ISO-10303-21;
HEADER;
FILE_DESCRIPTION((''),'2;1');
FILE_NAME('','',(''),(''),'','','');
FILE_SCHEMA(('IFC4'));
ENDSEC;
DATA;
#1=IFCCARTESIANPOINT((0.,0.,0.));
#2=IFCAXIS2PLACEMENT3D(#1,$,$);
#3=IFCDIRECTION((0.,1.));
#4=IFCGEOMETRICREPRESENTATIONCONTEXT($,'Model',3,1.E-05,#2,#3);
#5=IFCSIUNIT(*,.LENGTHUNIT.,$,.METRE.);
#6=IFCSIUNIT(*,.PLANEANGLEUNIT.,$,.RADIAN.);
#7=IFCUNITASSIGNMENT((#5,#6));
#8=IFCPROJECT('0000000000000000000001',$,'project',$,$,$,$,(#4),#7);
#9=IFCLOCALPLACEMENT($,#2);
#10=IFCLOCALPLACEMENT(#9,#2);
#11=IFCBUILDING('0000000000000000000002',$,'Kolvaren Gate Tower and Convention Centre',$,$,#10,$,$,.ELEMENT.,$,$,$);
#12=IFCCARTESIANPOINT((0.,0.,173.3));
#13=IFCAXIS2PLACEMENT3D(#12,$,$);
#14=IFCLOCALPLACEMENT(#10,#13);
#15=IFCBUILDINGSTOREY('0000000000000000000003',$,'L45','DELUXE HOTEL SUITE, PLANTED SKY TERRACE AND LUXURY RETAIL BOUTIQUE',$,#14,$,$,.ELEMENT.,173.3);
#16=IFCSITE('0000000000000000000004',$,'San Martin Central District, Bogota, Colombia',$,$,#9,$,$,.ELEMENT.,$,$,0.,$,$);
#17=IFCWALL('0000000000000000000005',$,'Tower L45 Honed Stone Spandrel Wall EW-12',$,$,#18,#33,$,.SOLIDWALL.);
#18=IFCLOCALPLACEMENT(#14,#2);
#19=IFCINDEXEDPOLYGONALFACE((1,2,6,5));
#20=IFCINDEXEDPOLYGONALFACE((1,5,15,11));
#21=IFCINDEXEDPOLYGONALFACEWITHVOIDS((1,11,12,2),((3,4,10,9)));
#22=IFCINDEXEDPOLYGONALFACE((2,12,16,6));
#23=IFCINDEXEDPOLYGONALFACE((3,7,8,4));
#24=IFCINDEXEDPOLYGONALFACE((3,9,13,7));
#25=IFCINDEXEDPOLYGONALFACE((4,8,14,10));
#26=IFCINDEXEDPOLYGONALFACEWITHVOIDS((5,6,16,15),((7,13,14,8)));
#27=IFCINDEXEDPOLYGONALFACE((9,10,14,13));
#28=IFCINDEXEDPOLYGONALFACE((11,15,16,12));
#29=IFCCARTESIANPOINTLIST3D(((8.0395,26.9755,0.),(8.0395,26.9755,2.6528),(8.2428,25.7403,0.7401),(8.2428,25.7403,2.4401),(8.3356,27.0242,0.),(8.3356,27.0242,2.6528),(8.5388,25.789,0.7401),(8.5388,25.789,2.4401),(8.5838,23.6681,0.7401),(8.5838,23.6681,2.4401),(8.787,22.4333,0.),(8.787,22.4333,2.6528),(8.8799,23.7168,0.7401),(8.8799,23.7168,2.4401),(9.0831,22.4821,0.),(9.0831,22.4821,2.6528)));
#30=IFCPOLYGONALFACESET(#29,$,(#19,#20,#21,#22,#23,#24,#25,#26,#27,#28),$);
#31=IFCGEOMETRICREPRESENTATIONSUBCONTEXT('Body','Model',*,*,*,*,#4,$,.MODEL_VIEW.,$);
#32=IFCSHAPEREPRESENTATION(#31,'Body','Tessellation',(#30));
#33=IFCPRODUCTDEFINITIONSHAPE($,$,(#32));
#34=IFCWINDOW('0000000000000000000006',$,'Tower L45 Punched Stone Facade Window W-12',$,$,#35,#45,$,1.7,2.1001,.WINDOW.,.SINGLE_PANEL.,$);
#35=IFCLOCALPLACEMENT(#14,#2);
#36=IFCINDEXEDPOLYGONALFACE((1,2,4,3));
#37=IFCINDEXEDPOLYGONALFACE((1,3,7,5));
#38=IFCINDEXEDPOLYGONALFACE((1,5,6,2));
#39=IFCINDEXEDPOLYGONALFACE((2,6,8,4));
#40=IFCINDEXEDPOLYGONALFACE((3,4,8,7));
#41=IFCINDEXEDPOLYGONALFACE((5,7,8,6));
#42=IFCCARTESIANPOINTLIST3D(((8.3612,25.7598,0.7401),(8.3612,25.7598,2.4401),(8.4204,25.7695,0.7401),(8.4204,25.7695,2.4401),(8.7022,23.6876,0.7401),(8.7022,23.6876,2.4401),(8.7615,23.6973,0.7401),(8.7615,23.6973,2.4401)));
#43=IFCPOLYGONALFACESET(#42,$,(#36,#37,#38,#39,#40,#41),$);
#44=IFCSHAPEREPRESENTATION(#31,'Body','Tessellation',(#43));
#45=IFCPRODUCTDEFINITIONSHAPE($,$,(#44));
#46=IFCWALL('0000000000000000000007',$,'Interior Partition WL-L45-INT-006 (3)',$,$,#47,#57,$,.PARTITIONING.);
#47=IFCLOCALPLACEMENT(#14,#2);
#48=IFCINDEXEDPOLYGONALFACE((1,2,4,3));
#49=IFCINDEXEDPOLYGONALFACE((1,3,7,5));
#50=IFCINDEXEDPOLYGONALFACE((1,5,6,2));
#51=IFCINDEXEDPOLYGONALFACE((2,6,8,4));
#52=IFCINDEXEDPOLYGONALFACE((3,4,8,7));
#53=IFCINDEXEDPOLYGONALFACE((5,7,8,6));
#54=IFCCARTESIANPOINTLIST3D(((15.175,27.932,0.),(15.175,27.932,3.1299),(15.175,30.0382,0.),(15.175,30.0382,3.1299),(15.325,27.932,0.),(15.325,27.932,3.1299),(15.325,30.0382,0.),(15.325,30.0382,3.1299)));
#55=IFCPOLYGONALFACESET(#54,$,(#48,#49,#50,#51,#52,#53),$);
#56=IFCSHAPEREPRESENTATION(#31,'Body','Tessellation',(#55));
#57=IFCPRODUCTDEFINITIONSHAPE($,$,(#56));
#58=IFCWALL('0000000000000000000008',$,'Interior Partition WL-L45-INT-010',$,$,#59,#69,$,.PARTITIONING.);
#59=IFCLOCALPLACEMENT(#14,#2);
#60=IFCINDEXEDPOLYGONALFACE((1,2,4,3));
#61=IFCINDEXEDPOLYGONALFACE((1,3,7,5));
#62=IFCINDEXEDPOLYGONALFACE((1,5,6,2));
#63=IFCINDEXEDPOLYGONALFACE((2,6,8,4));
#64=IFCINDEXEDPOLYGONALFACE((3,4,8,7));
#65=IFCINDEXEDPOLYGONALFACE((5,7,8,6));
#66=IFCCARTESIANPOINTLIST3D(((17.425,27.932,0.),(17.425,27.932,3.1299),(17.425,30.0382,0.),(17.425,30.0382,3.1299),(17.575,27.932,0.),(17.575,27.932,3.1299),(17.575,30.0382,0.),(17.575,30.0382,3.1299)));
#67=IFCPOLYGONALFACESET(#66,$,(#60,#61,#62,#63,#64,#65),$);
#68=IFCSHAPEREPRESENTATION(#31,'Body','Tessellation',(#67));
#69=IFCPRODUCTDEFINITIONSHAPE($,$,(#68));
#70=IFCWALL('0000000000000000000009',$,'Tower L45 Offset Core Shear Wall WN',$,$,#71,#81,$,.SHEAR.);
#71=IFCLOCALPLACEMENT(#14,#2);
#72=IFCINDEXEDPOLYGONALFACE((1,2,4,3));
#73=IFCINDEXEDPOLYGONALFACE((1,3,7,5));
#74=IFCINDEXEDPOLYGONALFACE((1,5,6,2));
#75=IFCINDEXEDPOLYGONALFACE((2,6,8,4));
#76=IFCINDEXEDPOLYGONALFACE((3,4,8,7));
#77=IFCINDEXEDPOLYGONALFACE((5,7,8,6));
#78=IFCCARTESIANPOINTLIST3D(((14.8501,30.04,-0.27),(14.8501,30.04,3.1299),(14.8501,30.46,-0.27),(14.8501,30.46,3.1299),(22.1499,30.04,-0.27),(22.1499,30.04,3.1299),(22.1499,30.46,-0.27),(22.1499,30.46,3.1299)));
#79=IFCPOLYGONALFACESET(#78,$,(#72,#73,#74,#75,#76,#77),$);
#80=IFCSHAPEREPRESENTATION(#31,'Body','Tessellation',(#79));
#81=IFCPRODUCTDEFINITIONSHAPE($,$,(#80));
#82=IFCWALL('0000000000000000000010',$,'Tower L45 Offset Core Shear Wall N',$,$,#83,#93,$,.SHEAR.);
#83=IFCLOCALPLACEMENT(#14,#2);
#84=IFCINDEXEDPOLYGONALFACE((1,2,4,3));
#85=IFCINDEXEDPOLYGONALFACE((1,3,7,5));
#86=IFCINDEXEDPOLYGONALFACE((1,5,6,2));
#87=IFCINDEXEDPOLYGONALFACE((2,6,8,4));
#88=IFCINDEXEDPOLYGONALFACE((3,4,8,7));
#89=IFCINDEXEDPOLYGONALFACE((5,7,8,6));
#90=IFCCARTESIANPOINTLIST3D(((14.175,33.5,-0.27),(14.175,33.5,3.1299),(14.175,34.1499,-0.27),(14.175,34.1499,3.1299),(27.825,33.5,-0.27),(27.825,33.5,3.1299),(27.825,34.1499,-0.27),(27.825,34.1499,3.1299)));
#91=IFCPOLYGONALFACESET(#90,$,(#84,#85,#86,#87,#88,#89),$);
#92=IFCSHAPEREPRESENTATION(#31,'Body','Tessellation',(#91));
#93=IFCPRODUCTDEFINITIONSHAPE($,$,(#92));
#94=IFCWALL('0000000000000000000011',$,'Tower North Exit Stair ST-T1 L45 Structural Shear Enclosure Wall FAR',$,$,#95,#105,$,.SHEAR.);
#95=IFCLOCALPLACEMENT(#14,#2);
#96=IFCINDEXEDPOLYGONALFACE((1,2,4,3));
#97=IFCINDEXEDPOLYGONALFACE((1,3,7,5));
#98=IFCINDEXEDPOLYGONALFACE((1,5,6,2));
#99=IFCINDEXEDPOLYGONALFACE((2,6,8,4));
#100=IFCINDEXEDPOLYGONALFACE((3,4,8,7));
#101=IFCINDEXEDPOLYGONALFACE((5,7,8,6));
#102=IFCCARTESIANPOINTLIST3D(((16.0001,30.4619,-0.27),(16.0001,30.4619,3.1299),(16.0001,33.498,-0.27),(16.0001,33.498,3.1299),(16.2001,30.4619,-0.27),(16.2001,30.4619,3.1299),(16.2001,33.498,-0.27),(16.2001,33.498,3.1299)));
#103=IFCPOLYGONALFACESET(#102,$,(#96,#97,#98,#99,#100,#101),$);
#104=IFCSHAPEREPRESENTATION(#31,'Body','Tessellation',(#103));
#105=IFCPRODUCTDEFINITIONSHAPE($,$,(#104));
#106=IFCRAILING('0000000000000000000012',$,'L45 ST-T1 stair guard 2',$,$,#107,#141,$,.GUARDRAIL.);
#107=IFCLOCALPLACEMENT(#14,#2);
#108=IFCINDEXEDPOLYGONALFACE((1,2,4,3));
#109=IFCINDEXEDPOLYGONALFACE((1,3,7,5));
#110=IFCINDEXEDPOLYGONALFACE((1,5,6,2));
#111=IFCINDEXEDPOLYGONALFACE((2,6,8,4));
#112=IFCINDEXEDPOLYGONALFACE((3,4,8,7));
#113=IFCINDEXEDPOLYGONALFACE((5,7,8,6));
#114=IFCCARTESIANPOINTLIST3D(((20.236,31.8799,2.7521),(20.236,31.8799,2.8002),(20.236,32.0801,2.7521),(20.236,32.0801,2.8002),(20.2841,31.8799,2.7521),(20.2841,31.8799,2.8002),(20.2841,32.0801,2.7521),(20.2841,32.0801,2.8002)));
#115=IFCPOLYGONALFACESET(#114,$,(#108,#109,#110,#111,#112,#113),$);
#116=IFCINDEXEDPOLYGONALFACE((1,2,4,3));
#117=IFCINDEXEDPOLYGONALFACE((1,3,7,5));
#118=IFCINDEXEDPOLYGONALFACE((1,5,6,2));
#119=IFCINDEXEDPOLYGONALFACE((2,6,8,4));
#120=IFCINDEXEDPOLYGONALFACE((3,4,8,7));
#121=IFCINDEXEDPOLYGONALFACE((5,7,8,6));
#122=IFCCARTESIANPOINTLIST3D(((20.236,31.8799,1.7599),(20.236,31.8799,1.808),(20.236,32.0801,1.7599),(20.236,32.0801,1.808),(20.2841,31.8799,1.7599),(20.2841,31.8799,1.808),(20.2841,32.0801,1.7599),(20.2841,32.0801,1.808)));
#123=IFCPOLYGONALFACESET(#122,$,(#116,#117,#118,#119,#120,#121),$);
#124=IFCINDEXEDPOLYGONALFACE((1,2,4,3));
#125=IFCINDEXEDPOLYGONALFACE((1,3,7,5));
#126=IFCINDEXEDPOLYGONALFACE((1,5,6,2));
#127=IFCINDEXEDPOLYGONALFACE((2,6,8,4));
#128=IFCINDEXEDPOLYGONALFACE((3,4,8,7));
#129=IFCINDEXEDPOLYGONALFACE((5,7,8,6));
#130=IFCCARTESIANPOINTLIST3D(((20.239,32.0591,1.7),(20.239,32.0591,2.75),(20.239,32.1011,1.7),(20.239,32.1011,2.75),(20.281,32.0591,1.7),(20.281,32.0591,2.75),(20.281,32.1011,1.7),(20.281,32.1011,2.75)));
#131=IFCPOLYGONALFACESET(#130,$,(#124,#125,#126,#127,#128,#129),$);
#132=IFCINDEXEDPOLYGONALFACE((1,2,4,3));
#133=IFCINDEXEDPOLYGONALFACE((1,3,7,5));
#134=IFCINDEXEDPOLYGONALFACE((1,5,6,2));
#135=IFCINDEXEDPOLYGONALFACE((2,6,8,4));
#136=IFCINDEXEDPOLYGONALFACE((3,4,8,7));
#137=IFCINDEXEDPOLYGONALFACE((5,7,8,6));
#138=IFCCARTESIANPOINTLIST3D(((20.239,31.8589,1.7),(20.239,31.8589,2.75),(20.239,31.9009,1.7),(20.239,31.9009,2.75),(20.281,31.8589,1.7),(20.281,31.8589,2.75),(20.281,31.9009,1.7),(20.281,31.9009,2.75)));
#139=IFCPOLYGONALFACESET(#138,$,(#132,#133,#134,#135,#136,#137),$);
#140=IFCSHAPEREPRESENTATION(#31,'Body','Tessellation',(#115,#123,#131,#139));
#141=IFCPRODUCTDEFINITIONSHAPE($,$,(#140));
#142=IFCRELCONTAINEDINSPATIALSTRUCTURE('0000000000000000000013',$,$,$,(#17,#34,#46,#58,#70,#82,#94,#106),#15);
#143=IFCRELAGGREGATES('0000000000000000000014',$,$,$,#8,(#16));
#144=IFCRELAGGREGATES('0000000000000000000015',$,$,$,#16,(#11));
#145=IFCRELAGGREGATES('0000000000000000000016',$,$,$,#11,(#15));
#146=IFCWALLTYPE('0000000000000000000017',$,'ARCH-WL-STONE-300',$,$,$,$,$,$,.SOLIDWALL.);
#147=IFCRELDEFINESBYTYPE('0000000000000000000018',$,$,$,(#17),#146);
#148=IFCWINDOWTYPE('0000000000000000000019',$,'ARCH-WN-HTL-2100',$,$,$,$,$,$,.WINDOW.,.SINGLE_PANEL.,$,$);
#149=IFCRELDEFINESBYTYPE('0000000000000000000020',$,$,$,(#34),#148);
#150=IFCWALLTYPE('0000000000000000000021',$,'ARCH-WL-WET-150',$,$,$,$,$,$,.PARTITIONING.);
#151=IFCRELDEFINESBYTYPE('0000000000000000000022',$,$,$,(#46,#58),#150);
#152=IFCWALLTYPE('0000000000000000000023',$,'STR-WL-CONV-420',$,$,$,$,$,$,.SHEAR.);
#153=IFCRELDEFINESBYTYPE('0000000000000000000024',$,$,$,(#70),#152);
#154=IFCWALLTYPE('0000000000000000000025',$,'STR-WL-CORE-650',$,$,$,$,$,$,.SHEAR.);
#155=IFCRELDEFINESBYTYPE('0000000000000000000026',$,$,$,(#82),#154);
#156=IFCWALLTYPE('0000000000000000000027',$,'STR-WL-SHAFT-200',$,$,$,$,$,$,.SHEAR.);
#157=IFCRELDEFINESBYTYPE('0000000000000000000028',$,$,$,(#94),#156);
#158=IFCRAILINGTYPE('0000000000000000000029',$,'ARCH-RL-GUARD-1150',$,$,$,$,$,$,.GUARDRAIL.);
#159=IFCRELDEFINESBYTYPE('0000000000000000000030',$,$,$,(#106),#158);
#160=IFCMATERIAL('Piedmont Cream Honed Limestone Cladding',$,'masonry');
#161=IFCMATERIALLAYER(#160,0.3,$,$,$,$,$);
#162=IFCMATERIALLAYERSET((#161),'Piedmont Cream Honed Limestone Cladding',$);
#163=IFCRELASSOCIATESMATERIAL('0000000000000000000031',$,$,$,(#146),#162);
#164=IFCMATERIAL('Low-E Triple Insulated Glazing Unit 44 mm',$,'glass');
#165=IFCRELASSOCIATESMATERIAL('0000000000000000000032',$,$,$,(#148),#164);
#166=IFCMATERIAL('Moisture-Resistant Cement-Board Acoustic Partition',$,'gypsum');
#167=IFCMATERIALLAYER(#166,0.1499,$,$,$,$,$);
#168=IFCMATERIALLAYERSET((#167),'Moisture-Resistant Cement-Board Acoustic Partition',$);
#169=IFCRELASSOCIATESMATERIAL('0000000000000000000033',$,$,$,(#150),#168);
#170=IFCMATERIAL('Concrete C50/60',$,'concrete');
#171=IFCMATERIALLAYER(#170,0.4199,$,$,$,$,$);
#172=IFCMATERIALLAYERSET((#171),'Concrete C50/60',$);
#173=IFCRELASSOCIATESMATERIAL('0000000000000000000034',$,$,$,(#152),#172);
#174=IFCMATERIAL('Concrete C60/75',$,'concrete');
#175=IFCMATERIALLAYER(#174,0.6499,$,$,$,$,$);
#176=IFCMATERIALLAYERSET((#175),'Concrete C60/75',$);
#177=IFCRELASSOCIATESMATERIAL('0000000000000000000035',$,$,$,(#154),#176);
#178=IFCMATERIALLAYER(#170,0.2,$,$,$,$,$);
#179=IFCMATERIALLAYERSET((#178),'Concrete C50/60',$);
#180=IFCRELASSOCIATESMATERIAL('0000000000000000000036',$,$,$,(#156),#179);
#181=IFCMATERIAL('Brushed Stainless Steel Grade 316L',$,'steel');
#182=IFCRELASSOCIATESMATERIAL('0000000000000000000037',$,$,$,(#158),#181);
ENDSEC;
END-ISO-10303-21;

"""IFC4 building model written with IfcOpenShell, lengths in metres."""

from ifc_helpers import new_model, si_unit, direction, frame, frame_2d, origin, origin_2d, place, context, subcontext, project, spatial, rectangle, extrude, material, layer, layer_set, type_object, element, fill, save


model = new_model("IFC4")

# Units and contexts
model_context = context("Model", 3, precision=1e-05, world=origin(), true_north=direction((0.0, 1.0)))
body_context = subcontext(model_context, "Body", "Model", "MODEL_VIEW")
ifc_project = project(units=[si_unit("LENGTHUNIT", "METRE"), si_unit("PLANEANGLEUNIT", "RADIAN")], contexts=[model_context])

# Site, building, storey
site_placement = place(None, origin())
site = spatial("IfcSite", under=ifc_project, at=site_placement, Name="San Martin Central District, Bogota, Colombia", CompositionType="ELEMENT", RefElevation=0.0)
building_placement = place(site_placement, origin())
building = spatial("IfcBuilding", under=site, at=building_placement, Name="Kolvaren Gate Tower and Convention Centre", CompositionType="ELEMENT")
storey_placement = place(building_placement, frame((0.0, 0.0, 173.3)))
storey = spatial("IfcBuildingStorey", under=building, at=storey_placement, Name="L45", Description="DELUXE HOTEL SUITE, PLANTED SKY TERRACE AND LUXURY RETAIL BOUTIQUE", CompositionType="ELEMENT", Elevation=173.3)

# Shared definitions
ifc_material_1 = material(Name="Concrete C60/75", Category="concrete")

# Shared definitions
ifc_material_2 = material(Name="Piedmont Cream Honed Limestone Cladding", Category="masonry")

# Wall, opening, window
ifc_layer_1 = layer(ifc_material_2, 0.3)
ifc_layer_set_1 = layer_set([ifc_layer_1], Name="Piedmont Cream Honed Limestone Cladding")
wall_type_1 = type_object("IfcWallType", Name="ARCH-WL-STONE-300", PredefinedType="SOLIDWALL", material=ifc_layer_set_1)
ifc_material_3 = material(Name="Low-E Triple Insulated Glazing Unit 44 mm", Category="glass")
window_type = type_object("IfcWindowType", Name="ARCH-WN-HTL-2100", PartitioningType="SINGLE_PANEL", PredefinedType="WINDOW", material=ifc_material_3)
wall_1_placement = place(storey_placement, frame((8.1875, 27.0, 0.0), z_axis=(0.0, 0.0, 1.0), x_axis=(0.162395, -0.986726, 0.0)))
wall_1 = element("IfcWall", 1, at=wall_1_placement, inside=storey, type_object=wall_type_1, Name="Tower L45 Honed Stone Spandrel Wall EW-12", PredefinedType="SOLIDWALL", context=body_context, shape_type="SweptSolid", body=[
    extrude(rectangle(XDim=4.6033, YDim=0.3, at=frame_2d((2.3018, 0.0))), origin(), (0.0, 0.0, 1.0), 2.6528),
])
opening_1_placement = place(wall_1_placement, frame((1.252, 0.0, 0.74)))
opening_1 = element("IfcOpeningElement", 2, at=opening_1_placement, cuts=wall_1, PredefinedType="OPENING", context=body_context, shape_type="SweptSolid", body=[
    extrude(rectangle(XDim=2.1001, YDim=1.7, at=frame_2d((1.05, 0.8501))), frame((0.0, 0.1599, 0.0), z_axis=(0.0, -1.0, 0.0), x_axis=(1.0, 0.0, 0.0)), (0.0, 0.0, 1.0), 0.3201),
])
window_1_placement = place(opening_1_placement, origin())
window_1 = element("IfcWindow", 3, at=window_1_placement, inside=storey, type_object=window_type, Name="Tower L45 Punched Stone Facade Window W-12", OverallHeight=1.7, OverallWidth=2.1001, PartitioningType="SINGLE_PANEL", PredefinedType="WINDOW", context=body_context, shape_type="SweptSolid", body=[
    extrude(rectangle(XDim=2.1001, YDim=1.7, at=frame_2d((1.05, 0.8501))), frame((0.0, 0.03, 0.0), z_axis=(0.0, -1.0, 0.0), x_axis=(1.0, 0.0, 0.0)), (0.0, 0.0, 1.0), 0.0601),
])
fill(opening_1, window_1)

# Walls
ifc_material_4 = material(Name="Moisture-Resistant Cement-Board Acoustic Partition", Category="gypsum")
ifc_layer_2 = layer(ifc_material_4, 0.1499)
ifc_layer_set_2 = layer_set([ifc_layer_2], Name="Moisture-Resistant Cement-Board Acoustic Partition")
wall_type_2 = type_object("IfcWallType", Name="ARCH-WL-WET-150", PredefinedType="PARTITIONING", material=ifc_layer_set_2)
for number, where, z_axis, x_axis, name in (
    (4, (15.25, 27.9319, 0.0), (0.0, 0.0, 1.0), (0.0, 1.0, 0.0), "Interior Partition WL-L45-INT-006 (3)"),
    (5, (17.5, 27.9319, 0.0), (0.0, 0.0, 1.0), (0.0, 1.0, 0.0), "Interior Partition WL-L45-INT-010"),
):
    element("IfcWall", number, at=place(storey_placement, frame(where, z_axis=z_axis, x_axis=x_axis)), inside=storey, type_object=wall_type_2, Name=name, PredefinedType="PARTITIONING", context=body_context, shape_type="SweptSolid", body=[
        extrude(rectangle(XDim=2.1062, YDim=0.1499, at=frame_2d((1.0532, 0.0))), origin(), (0.0, 0.0, 1.0), 3.1299),
    ])
ifc_material_5 = material(Name="Concrete C50/60", Category="concrete")
ifc_layer_3 = layer(ifc_material_5, 0.4199)
ifc_layer_set_3 = layer_set([ifc_layer_3], Name="Concrete C50/60")
wall_type_3 = type_object("IfcWallType", Name="STR-WL-CONV-420", PredefinedType="SHEAR", material=ifc_layer_set_3)
wall_2_placement = place(storey_placement, frame((14.8501, 30.25, -0.27), z_axis=(0.0, 0.0, 1.0), x_axis=(1.0, 0.0, 0.0)))
element("IfcWall", 6, at=wall_2_placement, inside=storey, type_object=wall_type_3, Name="Tower L45 Offset Core Shear Wall WN", PredefinedType="SHEAR", context=body_context, shape_type="SweptSolid", body=[
    extrude(rectangle(XDim=7.2998, YDim=0.4199, at=frame_2d((3.6499, 0.0))), origin(), (0.0, 0.0, 1.0), 3.3999),
])
ifc_layer_4 = layer(ifc_material_1, 0.6499)
ifc_layer_set_4 = layer_set([ifc_layer_4], Name="Concrete C60/75")
wall_type_4 = type_object("IfcWallType", Name="STR-WL-CORE-650", PredefinedType="SHEAR", material=ifc_layer_set_4)
wall_3_placement = place(storey_placement, frame((14.175, 33.825, -0.27), z_axis=(0.0, 0.0, 1.0), x_axis=(1.0, 0.0, 0.0)))
element("IfcWall", 7, at=wall_3_placement, inside=storey, type_object=wall_type_4, Name="Tower L45 Offset Core Shear Wall N", PredefinedType="SHEAR", context=body_context, shape_type="SweptSolid", body=[
    extrude(rectangle(XDim=13.6499, YDim=0.6499, at=frame_2d((6.825, 0.0))), origin(), (0.0, 0.0, 1.0), 3.3999),
])
ifc_layer_5 = layer(ifc_material_5, 0.2)
ifc_layer_set_5 = layer_set([ifc_layer_5], Name="Concrete C50/60")
wall_type_5 = type_object("IfcWallType", Name="STR-WL-SHAFT-200", PredefinedType="SHEAR", material=ifc_layer_set_5)
wall_4_placement = place(storey_placement, frame((16.1001, 30.4619, -0.27), z_axis=(0.0, 0.0, 1.0), x_axis=(0.0, 1.0, 0.0)))
element("IfcWall", 8, at=wall_4_placement, inside=storey, type_object=wall_type_5, Name="Tower North Exit Stair ST-T1 L45 Structural Shear Enclosure Wall FAR", PredefinedType="SHEAR", context=body_context, shape_type="SweptSolid", body=[
    extrude(rectangle(XDim=3.0361, YDim=0.2, at=frame_2d((1.5181, 0.0))), origin(), (0.0, 0.0, 1.0), 3.3999),
])

# Railing
ifc_material_6 = material(Name="Brushed Stainless Steel Grade 316L", Category="steel")
railing_type = type_object("IfcRailingType", Name="ARCH-RL-GUARD-1150", PredefinedType="GUARDRAIL", material=ifc_material_6)
railing_1_placement = place(storey_placement, frame((20.26, 32.0801, 1.7)))
element("IfcRailing", 9, at=railing_1_placement, inside=storey, type_object=railing_type, Name="L45 ST-T1 stair guard 2", PredefinedType="GUARDRAIL", context=body_context, shape_type="SweptSolid", body=[
    extrude(rectangle(XDim=0.0481, YDim=0.0481, at=origin_2d()), frame((0.0, 0.0, 1.0762), z_axis=(0.0, -1.0, 0.0), x_axis=(1.0, 0.0, 0.0)), (0.0, 0.0, 1.0), 0.2002),
    extrude(rectangle(XDim=0.0481, YDim=0.0481, at=origin_2d()), frame((0.0, 0.0, 0.084), z_axis=(0.0, -1.0, 0.0), x_axis=(1.0, 0.0, 0.0)), (0.0, 0.0, 1.0), 0.2002),
    extrude(rectangle(XDim=0.042, YDim=0.042, at=origin_2d()), origin(), (0.0, 0.0, 1.0), 1.05),
    extrude(rectangle(XDim=0.042, YDim=0.042, at=origin_2d()), frame((0.0, -0.2002, 0.0)), (0.0, 0.0, 1.0), 1.05),
])

save(model, "model.ifc")
